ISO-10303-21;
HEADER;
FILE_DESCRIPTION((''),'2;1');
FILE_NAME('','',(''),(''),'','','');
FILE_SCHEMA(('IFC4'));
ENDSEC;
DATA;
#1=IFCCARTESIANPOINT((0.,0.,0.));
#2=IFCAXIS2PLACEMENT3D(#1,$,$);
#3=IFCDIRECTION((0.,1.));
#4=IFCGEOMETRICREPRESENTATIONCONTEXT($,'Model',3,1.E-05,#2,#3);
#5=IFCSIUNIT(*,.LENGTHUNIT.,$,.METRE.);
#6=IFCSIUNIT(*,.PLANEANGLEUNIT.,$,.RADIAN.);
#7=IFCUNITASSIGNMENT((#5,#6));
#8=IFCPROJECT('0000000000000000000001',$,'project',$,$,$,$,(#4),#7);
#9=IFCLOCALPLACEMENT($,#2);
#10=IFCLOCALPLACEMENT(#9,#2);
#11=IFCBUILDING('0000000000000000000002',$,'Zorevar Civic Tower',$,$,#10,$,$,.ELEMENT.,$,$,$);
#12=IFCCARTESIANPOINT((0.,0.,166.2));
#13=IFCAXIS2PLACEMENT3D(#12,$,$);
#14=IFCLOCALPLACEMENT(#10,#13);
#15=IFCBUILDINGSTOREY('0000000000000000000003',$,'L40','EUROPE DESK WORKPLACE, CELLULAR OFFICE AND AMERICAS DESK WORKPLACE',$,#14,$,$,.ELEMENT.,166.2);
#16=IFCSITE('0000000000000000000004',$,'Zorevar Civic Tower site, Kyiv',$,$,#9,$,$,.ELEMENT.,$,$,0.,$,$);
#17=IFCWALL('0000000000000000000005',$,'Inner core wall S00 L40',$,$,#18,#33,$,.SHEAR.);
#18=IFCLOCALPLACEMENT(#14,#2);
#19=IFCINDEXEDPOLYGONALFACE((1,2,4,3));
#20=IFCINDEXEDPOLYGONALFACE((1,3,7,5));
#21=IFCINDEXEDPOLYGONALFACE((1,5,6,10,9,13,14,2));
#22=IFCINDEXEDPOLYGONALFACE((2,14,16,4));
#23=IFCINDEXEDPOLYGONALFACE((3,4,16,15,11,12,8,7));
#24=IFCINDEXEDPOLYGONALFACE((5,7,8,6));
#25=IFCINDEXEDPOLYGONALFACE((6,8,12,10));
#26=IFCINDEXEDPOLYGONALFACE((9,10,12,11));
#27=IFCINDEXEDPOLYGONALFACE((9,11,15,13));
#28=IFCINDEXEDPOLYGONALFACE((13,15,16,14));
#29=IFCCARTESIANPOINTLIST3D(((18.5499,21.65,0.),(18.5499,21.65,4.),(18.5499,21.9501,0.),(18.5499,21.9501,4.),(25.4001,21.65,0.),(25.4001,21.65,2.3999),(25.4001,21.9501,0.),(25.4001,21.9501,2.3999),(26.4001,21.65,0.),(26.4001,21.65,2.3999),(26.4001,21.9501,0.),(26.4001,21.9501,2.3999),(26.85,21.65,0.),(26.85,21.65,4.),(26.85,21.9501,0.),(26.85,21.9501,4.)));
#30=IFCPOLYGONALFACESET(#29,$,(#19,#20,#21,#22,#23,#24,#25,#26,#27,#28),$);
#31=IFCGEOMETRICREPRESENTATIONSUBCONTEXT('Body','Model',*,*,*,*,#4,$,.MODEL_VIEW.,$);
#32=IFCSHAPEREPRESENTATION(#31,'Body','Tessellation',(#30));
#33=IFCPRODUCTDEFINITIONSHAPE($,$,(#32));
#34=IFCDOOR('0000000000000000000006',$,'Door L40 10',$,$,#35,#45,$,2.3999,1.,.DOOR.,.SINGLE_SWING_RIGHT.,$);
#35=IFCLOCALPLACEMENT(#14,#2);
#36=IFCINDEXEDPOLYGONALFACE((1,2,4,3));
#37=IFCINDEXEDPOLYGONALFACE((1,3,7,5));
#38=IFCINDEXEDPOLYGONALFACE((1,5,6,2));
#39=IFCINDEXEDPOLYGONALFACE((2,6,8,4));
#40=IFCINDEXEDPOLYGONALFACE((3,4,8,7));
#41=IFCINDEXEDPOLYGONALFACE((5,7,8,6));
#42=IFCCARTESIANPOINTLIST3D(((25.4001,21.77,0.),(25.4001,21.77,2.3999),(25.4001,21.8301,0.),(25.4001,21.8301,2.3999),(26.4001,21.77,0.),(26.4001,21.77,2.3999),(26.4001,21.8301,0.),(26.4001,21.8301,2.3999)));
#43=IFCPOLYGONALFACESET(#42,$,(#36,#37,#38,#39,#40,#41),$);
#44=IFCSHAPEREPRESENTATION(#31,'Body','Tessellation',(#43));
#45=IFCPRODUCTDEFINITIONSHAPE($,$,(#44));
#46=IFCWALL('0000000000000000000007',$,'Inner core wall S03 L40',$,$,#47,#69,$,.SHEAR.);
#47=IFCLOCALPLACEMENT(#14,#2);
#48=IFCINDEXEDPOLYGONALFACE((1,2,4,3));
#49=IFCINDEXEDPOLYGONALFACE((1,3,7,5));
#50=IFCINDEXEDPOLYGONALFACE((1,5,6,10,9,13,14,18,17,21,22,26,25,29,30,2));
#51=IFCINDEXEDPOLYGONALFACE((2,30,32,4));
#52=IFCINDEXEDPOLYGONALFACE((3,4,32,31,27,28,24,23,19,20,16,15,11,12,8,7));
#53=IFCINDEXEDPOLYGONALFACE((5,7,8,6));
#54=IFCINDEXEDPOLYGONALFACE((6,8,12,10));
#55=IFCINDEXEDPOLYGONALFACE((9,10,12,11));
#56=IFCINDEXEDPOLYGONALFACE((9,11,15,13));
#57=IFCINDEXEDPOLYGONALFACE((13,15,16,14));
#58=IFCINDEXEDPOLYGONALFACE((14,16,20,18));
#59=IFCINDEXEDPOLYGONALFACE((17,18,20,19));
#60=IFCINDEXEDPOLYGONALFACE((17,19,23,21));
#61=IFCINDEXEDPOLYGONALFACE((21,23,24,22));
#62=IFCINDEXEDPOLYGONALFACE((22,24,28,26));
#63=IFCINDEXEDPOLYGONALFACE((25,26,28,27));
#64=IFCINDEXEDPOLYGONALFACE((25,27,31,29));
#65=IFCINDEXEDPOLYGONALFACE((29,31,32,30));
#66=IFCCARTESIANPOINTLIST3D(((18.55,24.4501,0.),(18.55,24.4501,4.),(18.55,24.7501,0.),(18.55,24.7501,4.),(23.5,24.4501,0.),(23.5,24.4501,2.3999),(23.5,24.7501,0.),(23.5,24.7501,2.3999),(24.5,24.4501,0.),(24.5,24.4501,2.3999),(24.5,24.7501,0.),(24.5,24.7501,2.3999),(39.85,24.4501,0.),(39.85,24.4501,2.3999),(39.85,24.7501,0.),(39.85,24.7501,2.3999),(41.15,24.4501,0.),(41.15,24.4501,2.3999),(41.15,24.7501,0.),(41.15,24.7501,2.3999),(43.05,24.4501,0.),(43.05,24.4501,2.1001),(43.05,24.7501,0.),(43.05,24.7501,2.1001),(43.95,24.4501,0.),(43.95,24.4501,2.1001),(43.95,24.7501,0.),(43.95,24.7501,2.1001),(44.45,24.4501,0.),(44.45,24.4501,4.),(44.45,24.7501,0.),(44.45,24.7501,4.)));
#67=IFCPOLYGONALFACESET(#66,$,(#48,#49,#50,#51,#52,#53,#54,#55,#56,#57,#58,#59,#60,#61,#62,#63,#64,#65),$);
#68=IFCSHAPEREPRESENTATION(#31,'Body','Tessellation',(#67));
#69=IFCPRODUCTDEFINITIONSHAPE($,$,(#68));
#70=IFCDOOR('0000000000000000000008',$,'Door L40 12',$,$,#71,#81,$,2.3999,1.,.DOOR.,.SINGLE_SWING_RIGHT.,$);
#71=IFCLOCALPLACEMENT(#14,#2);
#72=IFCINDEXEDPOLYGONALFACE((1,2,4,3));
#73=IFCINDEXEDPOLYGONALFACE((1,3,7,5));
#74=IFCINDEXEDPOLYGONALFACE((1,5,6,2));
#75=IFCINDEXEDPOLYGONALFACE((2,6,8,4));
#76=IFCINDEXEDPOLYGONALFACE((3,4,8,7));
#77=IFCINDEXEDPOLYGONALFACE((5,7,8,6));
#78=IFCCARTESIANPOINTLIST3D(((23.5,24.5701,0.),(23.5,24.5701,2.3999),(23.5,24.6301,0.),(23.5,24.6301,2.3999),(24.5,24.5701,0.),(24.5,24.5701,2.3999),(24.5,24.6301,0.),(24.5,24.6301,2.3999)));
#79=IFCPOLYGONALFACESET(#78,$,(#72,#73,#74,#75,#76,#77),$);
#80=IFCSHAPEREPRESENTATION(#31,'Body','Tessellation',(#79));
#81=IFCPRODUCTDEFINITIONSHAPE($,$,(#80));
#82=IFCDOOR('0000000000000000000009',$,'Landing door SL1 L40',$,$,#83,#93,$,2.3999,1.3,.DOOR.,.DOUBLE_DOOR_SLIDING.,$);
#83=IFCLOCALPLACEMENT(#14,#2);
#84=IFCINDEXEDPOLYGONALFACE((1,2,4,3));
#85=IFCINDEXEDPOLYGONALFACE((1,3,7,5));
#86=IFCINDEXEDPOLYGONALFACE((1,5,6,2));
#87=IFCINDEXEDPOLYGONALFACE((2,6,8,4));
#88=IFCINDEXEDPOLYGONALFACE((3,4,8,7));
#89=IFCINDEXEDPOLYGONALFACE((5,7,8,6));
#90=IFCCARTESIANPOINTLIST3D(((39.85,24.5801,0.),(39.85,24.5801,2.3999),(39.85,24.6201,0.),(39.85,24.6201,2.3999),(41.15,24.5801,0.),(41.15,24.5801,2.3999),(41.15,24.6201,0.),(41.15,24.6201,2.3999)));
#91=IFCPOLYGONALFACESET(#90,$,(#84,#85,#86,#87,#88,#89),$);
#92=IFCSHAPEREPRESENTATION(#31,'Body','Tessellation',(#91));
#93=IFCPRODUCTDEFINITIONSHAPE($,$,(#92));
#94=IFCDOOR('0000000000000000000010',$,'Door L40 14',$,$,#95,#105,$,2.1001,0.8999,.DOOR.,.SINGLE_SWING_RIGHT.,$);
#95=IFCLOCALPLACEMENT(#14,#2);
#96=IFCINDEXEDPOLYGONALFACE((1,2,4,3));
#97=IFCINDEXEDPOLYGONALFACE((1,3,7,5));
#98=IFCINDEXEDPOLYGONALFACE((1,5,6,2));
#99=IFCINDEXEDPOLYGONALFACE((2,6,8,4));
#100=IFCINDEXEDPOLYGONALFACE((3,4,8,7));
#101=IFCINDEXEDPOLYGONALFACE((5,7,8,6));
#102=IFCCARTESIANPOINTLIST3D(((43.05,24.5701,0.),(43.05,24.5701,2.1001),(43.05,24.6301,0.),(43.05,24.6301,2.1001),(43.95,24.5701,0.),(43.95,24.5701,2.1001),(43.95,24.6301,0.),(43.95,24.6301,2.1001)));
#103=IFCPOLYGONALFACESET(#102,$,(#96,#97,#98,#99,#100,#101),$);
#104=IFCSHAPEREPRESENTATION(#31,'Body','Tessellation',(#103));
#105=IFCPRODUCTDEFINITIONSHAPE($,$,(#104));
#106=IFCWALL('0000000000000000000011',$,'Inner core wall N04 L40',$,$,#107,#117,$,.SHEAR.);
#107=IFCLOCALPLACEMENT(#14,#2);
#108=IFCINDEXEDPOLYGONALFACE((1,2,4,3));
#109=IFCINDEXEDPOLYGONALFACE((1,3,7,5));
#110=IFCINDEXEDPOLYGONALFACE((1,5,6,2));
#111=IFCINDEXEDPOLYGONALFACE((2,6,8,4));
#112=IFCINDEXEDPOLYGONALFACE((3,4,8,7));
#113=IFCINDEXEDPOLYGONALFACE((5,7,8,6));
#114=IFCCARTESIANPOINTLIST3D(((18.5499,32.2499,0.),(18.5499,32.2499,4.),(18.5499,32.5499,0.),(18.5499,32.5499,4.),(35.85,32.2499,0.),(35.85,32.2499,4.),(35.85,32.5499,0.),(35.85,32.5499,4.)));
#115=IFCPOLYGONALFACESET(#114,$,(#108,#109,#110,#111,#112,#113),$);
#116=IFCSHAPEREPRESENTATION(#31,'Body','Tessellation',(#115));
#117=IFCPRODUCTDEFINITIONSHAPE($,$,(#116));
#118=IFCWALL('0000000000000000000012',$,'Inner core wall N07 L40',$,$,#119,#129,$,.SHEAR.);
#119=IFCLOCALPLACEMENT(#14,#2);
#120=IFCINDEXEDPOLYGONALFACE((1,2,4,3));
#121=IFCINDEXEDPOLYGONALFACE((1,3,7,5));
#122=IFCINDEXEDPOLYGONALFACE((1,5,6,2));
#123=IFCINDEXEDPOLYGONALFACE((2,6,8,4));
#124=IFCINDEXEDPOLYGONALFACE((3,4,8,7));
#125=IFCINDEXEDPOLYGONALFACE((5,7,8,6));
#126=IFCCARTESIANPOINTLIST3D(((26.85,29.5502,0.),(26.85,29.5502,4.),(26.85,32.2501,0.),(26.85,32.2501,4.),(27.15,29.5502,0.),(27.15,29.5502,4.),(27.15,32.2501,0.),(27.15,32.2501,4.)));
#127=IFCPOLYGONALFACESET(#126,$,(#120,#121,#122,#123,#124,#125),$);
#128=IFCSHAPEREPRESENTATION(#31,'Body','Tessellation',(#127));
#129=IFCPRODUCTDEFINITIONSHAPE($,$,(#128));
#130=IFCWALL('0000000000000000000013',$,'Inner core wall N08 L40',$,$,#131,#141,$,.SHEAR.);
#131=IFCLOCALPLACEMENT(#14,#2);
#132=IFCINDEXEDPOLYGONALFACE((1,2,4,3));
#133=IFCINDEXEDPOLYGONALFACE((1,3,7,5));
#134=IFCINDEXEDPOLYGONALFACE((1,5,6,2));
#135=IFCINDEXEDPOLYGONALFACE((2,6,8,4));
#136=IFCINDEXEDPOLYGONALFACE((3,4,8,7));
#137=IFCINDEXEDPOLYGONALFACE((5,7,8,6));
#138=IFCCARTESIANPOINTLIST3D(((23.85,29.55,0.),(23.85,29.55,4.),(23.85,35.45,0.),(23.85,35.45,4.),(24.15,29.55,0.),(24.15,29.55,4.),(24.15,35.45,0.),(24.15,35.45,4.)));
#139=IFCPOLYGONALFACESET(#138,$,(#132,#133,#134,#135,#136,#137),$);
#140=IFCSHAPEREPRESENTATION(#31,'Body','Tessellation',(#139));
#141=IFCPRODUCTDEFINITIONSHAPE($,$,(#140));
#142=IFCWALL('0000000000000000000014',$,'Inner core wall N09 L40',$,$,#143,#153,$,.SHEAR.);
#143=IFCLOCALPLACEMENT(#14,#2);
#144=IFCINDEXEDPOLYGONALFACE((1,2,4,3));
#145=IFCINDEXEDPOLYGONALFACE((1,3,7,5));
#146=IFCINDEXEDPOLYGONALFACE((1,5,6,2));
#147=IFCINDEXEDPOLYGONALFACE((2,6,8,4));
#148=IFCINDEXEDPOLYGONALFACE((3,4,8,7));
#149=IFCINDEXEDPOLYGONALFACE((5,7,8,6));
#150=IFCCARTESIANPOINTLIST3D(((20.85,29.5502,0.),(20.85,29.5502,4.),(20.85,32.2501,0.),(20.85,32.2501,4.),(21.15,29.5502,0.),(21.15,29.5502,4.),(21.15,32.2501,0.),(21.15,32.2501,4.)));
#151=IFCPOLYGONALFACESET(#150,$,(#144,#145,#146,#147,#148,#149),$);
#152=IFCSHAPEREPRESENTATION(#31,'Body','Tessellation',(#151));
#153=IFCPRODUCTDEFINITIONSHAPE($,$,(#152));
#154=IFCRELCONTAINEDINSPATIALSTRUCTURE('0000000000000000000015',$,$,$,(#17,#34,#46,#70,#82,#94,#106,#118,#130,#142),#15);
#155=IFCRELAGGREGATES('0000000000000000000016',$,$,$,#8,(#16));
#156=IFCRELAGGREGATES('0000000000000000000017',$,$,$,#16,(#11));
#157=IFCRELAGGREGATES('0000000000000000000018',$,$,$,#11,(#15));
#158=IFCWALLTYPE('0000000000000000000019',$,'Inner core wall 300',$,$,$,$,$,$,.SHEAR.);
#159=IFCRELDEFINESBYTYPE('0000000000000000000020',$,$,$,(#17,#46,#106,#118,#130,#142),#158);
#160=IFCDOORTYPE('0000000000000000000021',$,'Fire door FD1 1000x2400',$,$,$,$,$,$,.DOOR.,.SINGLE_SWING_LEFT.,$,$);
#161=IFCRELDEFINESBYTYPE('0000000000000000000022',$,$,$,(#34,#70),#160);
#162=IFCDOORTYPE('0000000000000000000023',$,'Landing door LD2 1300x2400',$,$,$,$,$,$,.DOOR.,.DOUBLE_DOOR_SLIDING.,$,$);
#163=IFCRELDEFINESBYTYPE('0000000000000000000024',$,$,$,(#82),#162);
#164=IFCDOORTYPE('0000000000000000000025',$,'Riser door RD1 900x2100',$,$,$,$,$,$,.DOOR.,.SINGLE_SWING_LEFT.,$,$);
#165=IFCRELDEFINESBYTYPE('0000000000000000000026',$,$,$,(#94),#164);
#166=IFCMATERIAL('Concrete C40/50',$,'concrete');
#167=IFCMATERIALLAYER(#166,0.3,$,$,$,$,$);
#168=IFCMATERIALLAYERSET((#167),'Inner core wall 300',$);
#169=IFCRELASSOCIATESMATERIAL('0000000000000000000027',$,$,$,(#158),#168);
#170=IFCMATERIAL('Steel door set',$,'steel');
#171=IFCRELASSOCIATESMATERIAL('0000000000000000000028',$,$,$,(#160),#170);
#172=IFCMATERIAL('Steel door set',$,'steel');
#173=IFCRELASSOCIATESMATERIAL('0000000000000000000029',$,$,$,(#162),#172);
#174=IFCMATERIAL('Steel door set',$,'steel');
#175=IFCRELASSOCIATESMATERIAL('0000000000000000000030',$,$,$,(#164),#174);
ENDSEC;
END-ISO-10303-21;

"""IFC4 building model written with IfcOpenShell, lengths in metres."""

from ifc_helpers import new_model, si_unit, direction, frame, frame_2d, origin, place, context, subcontext, project, spatial, rectangle, extrude, material, layer, layer_set, type_object, element, fill, save


model = new_model("IFC4")

# Units and contexts
model_context = context("Model", 3, precision=1e-05, world=origin(), true_north=direction((0.0, 1.0)))
body_context = subcontext(model_context, "Body", "Model", "MODEL_VIEW")
ifc_project = project(units=[si_unit("LENGTHUNIT", "METRE"), si_unit("PLANEANGLEUNIT", "RADIAN")], contexts=[model_context])

# Site, building, storey
site_placement = place(None, origin())
site = spatial("IfcSite", under=ifc_project, at=site_placement, Name="Zorevar Civic Tower site, Kyiv", CompositionType="ELEMENT", RefElevation=0.0)
building_placement = place(site_placement, origin())
building = spatial("IfcBuilding", under=site, at=building_placement, Name="Zorevar Civic Tower", CompositionType="ELEMENT")
storey_placement = place(building_placement, frame((0.0, 0.0, 166.2)))
storey = spatial("IfcBuildingStorey", under=building, at=storey_placement, Name="L40", Description="EUROPE DESK WORKPLACE, CELLULAR OFFICE AND AMERICAS DESK WORKPLACE", CompositionType="ELEMENT", Elevation=166.2)

# Wall, opening, door
ifc_material_1 = material(Name="Concrete C40/50", Category="concrete")
ifc_layer_1 = layer(ifc_material_1, 0.3)
ifc_layer_set_1 = layer_set([ifc_layer_1], Name="Inner core wall 300")
wall_type_1 = type_object("IfcWallType", Name="Inner core wall 300", PredefinedType="SHEAR", material=ifc_layer_set_1)
wall_1_placement = place(storey_placement, frame((18.55, 21.8, 0.0), z_axis=(0.0, 0.0, 1.0), x_axis=(1.0, 0.0, 0.0)))
wall_1 = element("IfcWall", 1, at=wall_1_placement, inside=storey, type_object=wall_type_1, Name="Inner core wall S00 L40", PredefinedType="SHEAR", context=body_context, shape_type="SweptSolid", body=[
    extrude(rectangle(XDim=8.3, YDim=0.3, at=frame_2d((4.1499, 0.0))), origin(), (0.0, 0.0, 1.0), 4.0),
])
opening_1_placement = place(wall_1_placement, frame((6.8501, 0.0, 0.0)))
opening_1 = element("IfcOpeningElement", 2, at=opening_1_placement, cuts=wall_1, PredefinedType="OPENING", context=body_context, shape_type="SweptSolid", body=[
    extrude(rectangle(XDim=1.0, YDim=2.3999, at=frame_2d((0.5, 1.2))), frame((0.0, 0.1599, 0.0), z_axis=(0.0, -1.0, 0.0), x_axis=(1.0, 0.0, 0.0)), (0.0, 0.0, 1.0), 0.3201),
])
ifc_material_2 = material(Name="Steel door set", Category="steel")
door_type_1 = type_object("IfcDoorType", Name="Fire door FD1 1000x2400", OperationType="SINGLE_SWING_LEFT", PredefinedType="DOOR", material=ifc_material_2)
door_1_placement = place(opening_1_placement, origin())
door_1 = element("IfcDoor", 3, at=door_1_placement, inside=storey, type_object=door_type_1, Name="Door L40 10", OperationType="SINGLE_SWING_RIGHT", OverallHeight=2.3999, OverallWidth=1.0, PredefinedType="DOOR", context=body_context, shape_type="SweptSolid", body=[
    extrude(rectangle(XDim=1.0, YDim=2.3999, at=frame_2d((0.5, 1.2))), frame((0.0, 0.03, 0.0), z_axis=(0.0, -1.0, 0.0), x_axis=(1.0, 0.0, 0.0)), (0.0, 0.0, 1.0), 0.0601),
])
fill(opening_1, door_1)

# Wall, openings, doors
wall_2_placement = place(storey_placement, frame((18.55, 24.6001, 0.0), z_axis=(0.0, 0.0, 1.0), x_axis=(1.0, 0.0, 0.0)))
wall_2 = element("IfcWall", 4, at=wall_2_placement, inside=storey, type_object=wall_type_1, Name="Inner core wall S03 L40", PredefinedType="SHEAR", context=body_context, shape_type="SweptSolid", body=[
    extrude(rectangle(XDim=25.8999, YDim=0.3, at=frame_2d((12.95, 0.0))), origin(), (0.0, 0.0, 1.0), 4.0),
])
opening_2_placement = place(wall_2_placement, frame((4.95, 0.0, 0.0)))
opening_2 = element("IfcOpeningElement", 5, at=opening_2_placement, cuts=wall_2, PredefinedType="OPENING", context=body_context, shape_type="SweptSolid", body=[
    extrude(rectangle(XDim=1.0, YDim=2.3999, at=frame_2d((0.5, 1.2))), frame((0.0, 0.1599, 0.0), z_axis=(0.0, -1.0, 0.0), x_axis=(1.0, 0.0, 0.0)), (0.0, 0.0, 1.0), 0.3201),
])
opening_3_placement = place(wall_2_placement, frame((24.5, 0.0, 0.0)))
opening_3 = element("IfcOpeningElement", 6, at=opening_3_placement, cuts=wall_2, PredefinedType="OPENING", context=body_context, shape_type="SweptSolid", body=[
    extrude(rectangle(XDim=0.8999, YDim=2.1001, at=frame_2d((0.45, 1.05))), frame((0.0, 0.1599, 0.0), z_axis=(0.0, -1.0, 0.0), x_axis=(1.0, 0.0, 0.0)), (0.0, 0.0, 1.0), 0.3201),
])
opening_4_placement = place(wall_2_placement, frame((21.3, 0.0, 0.0)))
opening_4 = element("IfcOpeningElement", 7, at=opening_4_placement, cuts=wall_2, PredefinedType="OPENING", context=body_context, shape_type="SweptSolid", body=[
    extrude(rectangle(XDim=1.3, YDim=2.3999, at=frame_2d((0.6499, 1.2))), frame((0.0, 0.1599, 0.0), z_axis=(0.0, -1.0, 0.0), x_axis=(1.0, 0.0, 0.0)), (0.0, 0.0, 1.0), 0.3201),
])
door_2_placement = place(opening_2_placement, origin())
door_2 = element("IfcDoor", 8, at=door_2_placement, inside=storey, type_object=door_type_1, Name="Door L40 12", OperationType="SINGLE_SWING_RIGHT", OverallHeight=2.3999, OverallWidth=1.0, PredefinedType="DOOR", context=body_context, shape_type="SweptSolid", body=[
    extrude(rectangle(XDim=1.0, YDim=2.3999, at=frame_2d((0.5, 1.2))), frame((0.0, 0.03, 0.0), z_axis=(0.0, -1.0, 0.0), x_axis=(1.0, 0.0, 0.0)), (0.0, 0.0, 1.0), 0.0601),
])
fill(opening_2, door_2)
ifc_material_3 = material(Name="Steel door set", Category="steel")
door_type_2 = type_object("IfcDoorType", Name="Landing door LD2 1300x2400", OperationType="DOUBLE_DOOR_SLIDING", PredefinedType="DOOR", material=ifc_material_3)
door_3_placement = place(opening_4_placement, origin())
door_3 = element("IfcDoor", 9, at=door_3_placement, inside=storey, type_object=door_type_2, Name="Landing door SL1 L40", OperationType="DOUBLE_DOOR_SLIDING", OverallHeight=2.3999, OverallWidth=1.3, PredefinedType="DOOR", context=body_context, shape_type="SweptSolid", body=[
    extrude(rectangle(XDim=1.3, YDim=2.3999, at=frame_2d((0.6499, 1.2))), frame((0.0, 0.02, 0.0), z_axis=(0.0, -1.0, 0.0), x_axis=(1.0, 0.0, 0.0)), (0.0, 0.0, 1.0), 0.04),
])
fill(opening_4, door_3)
ifc_material_4 = material(Name="Steel door set", Category="steel")
door_type_3 = type_object("IfcDoorType", Name="Riser door RD1 900x2100", OperationType="SINGLE_SWING_LEFT", PredefinedType="DOOR", material=ifc_material_4)
door_4_placement = place(opening_3_placement, origin())
door_4 = element("IfcDoor", 10, at=door_4_placement, inside=storey, type_object=door_type_3, Name="Door L40 14", OperationType="SINGLE_SWING_RIGHT", OverallHeight=2.1001, OverallWidth=0.8999, PredefinedType="DOOR", context=body_context, shape_type="SweptSolid", body=[
    extrude(rectangle(XDim=0.8999, YDim=2.1001, at=frame_2d((0.45, 1.05))), frame((0.0, 0.03, 0.0), z_axis=(0.0, -1.0, 0.0), x_axis=(1.0, 0.0, 0.0)), (0.0, 0.0, 1.0), 0.0601),
])
fill(opening_3, door_4)

# Walls
wall_3_placement = place(storey_placement, frame((18.55, 32.3999, 0.0), z_axis=(0.0, 0.0, 1.0), x_axis=(1.0, 0.0, 0.0)))
element("IfcWall", 11, at=wall_3_placement, inside=storey, type_object=wall_type_1, Name="Inner core wall N04 L40", PredefinedType="SHEAR", context=body_context, shape_type="SweptSolid", body=[
    extrude(rectangle(XDim=17.3, YDim=0.3, at=frame_2d((8.6499, 0.0))), origin(), (0.0, 0.0, 1.0), 4.0),
])
wall_4_placement = place(storey_placement, frame((27.0, 29.55, 0.0), z_axis=(0.0, 0.0, 1.0), x_axis=(0.0, 1.0, 0.0)))
element("IfcWall", 12, at=wall_4_placement, inside=storey, type_object=wall_type_1, Name="Inner core wall N07 L40", PredefinedType="SHEAR", context=body_context, shape_type="SweptSolid", body=[
    extrude(rectangle(XDim=2.7, YDim=0.3, at=frame_2d((1.3501, 0.0))), origin(), (0.0, 0.0, 1.0), 4.0),
])
wall_5_placement = place(storey_placement, frame((24.0, 29.55, 0.0), z_axis=(0.0, 0.0, 1.0), x_axis=(0.0, 1.0, 0.0)))
element("IfcWall", 13, at=wall_5_placement, inside=storey, type_object=wall_type_1, Name="Inner core wall N08 L40", PredefinedType="SHEAR", context=body_context, shape_type="SweptSolid", body=[
    extrude(rectangle(XDim=5.8999, YDim=0.3, at=frame_2d((2.95, 0.0))), origin(), (0.0, 0.0, 1.0), 4.0),
])
wall_6_placement = place(storey_placement, frame((21.0, 29.55, 0.0), z_axis=(0.0, 0.0, 1.0), x_axis=(0.0, 1.0, 0.0)))
element("IfcWall", 14, at=wall_6_placement, inside=storey, type_object=wall_type_1, Name="Inner core wall N09 L40", PredefinedType="SHEAR", context=body_context, shape_type="SweptSolid", body=[
    extrude(rectangle(XDim=2.7, YDim=0.3, at=frame_2d((1.3501, 0.0))), origin(), (0.0, 0.0, 1.0), 4.0),
])

save(model, "model.ifc")
